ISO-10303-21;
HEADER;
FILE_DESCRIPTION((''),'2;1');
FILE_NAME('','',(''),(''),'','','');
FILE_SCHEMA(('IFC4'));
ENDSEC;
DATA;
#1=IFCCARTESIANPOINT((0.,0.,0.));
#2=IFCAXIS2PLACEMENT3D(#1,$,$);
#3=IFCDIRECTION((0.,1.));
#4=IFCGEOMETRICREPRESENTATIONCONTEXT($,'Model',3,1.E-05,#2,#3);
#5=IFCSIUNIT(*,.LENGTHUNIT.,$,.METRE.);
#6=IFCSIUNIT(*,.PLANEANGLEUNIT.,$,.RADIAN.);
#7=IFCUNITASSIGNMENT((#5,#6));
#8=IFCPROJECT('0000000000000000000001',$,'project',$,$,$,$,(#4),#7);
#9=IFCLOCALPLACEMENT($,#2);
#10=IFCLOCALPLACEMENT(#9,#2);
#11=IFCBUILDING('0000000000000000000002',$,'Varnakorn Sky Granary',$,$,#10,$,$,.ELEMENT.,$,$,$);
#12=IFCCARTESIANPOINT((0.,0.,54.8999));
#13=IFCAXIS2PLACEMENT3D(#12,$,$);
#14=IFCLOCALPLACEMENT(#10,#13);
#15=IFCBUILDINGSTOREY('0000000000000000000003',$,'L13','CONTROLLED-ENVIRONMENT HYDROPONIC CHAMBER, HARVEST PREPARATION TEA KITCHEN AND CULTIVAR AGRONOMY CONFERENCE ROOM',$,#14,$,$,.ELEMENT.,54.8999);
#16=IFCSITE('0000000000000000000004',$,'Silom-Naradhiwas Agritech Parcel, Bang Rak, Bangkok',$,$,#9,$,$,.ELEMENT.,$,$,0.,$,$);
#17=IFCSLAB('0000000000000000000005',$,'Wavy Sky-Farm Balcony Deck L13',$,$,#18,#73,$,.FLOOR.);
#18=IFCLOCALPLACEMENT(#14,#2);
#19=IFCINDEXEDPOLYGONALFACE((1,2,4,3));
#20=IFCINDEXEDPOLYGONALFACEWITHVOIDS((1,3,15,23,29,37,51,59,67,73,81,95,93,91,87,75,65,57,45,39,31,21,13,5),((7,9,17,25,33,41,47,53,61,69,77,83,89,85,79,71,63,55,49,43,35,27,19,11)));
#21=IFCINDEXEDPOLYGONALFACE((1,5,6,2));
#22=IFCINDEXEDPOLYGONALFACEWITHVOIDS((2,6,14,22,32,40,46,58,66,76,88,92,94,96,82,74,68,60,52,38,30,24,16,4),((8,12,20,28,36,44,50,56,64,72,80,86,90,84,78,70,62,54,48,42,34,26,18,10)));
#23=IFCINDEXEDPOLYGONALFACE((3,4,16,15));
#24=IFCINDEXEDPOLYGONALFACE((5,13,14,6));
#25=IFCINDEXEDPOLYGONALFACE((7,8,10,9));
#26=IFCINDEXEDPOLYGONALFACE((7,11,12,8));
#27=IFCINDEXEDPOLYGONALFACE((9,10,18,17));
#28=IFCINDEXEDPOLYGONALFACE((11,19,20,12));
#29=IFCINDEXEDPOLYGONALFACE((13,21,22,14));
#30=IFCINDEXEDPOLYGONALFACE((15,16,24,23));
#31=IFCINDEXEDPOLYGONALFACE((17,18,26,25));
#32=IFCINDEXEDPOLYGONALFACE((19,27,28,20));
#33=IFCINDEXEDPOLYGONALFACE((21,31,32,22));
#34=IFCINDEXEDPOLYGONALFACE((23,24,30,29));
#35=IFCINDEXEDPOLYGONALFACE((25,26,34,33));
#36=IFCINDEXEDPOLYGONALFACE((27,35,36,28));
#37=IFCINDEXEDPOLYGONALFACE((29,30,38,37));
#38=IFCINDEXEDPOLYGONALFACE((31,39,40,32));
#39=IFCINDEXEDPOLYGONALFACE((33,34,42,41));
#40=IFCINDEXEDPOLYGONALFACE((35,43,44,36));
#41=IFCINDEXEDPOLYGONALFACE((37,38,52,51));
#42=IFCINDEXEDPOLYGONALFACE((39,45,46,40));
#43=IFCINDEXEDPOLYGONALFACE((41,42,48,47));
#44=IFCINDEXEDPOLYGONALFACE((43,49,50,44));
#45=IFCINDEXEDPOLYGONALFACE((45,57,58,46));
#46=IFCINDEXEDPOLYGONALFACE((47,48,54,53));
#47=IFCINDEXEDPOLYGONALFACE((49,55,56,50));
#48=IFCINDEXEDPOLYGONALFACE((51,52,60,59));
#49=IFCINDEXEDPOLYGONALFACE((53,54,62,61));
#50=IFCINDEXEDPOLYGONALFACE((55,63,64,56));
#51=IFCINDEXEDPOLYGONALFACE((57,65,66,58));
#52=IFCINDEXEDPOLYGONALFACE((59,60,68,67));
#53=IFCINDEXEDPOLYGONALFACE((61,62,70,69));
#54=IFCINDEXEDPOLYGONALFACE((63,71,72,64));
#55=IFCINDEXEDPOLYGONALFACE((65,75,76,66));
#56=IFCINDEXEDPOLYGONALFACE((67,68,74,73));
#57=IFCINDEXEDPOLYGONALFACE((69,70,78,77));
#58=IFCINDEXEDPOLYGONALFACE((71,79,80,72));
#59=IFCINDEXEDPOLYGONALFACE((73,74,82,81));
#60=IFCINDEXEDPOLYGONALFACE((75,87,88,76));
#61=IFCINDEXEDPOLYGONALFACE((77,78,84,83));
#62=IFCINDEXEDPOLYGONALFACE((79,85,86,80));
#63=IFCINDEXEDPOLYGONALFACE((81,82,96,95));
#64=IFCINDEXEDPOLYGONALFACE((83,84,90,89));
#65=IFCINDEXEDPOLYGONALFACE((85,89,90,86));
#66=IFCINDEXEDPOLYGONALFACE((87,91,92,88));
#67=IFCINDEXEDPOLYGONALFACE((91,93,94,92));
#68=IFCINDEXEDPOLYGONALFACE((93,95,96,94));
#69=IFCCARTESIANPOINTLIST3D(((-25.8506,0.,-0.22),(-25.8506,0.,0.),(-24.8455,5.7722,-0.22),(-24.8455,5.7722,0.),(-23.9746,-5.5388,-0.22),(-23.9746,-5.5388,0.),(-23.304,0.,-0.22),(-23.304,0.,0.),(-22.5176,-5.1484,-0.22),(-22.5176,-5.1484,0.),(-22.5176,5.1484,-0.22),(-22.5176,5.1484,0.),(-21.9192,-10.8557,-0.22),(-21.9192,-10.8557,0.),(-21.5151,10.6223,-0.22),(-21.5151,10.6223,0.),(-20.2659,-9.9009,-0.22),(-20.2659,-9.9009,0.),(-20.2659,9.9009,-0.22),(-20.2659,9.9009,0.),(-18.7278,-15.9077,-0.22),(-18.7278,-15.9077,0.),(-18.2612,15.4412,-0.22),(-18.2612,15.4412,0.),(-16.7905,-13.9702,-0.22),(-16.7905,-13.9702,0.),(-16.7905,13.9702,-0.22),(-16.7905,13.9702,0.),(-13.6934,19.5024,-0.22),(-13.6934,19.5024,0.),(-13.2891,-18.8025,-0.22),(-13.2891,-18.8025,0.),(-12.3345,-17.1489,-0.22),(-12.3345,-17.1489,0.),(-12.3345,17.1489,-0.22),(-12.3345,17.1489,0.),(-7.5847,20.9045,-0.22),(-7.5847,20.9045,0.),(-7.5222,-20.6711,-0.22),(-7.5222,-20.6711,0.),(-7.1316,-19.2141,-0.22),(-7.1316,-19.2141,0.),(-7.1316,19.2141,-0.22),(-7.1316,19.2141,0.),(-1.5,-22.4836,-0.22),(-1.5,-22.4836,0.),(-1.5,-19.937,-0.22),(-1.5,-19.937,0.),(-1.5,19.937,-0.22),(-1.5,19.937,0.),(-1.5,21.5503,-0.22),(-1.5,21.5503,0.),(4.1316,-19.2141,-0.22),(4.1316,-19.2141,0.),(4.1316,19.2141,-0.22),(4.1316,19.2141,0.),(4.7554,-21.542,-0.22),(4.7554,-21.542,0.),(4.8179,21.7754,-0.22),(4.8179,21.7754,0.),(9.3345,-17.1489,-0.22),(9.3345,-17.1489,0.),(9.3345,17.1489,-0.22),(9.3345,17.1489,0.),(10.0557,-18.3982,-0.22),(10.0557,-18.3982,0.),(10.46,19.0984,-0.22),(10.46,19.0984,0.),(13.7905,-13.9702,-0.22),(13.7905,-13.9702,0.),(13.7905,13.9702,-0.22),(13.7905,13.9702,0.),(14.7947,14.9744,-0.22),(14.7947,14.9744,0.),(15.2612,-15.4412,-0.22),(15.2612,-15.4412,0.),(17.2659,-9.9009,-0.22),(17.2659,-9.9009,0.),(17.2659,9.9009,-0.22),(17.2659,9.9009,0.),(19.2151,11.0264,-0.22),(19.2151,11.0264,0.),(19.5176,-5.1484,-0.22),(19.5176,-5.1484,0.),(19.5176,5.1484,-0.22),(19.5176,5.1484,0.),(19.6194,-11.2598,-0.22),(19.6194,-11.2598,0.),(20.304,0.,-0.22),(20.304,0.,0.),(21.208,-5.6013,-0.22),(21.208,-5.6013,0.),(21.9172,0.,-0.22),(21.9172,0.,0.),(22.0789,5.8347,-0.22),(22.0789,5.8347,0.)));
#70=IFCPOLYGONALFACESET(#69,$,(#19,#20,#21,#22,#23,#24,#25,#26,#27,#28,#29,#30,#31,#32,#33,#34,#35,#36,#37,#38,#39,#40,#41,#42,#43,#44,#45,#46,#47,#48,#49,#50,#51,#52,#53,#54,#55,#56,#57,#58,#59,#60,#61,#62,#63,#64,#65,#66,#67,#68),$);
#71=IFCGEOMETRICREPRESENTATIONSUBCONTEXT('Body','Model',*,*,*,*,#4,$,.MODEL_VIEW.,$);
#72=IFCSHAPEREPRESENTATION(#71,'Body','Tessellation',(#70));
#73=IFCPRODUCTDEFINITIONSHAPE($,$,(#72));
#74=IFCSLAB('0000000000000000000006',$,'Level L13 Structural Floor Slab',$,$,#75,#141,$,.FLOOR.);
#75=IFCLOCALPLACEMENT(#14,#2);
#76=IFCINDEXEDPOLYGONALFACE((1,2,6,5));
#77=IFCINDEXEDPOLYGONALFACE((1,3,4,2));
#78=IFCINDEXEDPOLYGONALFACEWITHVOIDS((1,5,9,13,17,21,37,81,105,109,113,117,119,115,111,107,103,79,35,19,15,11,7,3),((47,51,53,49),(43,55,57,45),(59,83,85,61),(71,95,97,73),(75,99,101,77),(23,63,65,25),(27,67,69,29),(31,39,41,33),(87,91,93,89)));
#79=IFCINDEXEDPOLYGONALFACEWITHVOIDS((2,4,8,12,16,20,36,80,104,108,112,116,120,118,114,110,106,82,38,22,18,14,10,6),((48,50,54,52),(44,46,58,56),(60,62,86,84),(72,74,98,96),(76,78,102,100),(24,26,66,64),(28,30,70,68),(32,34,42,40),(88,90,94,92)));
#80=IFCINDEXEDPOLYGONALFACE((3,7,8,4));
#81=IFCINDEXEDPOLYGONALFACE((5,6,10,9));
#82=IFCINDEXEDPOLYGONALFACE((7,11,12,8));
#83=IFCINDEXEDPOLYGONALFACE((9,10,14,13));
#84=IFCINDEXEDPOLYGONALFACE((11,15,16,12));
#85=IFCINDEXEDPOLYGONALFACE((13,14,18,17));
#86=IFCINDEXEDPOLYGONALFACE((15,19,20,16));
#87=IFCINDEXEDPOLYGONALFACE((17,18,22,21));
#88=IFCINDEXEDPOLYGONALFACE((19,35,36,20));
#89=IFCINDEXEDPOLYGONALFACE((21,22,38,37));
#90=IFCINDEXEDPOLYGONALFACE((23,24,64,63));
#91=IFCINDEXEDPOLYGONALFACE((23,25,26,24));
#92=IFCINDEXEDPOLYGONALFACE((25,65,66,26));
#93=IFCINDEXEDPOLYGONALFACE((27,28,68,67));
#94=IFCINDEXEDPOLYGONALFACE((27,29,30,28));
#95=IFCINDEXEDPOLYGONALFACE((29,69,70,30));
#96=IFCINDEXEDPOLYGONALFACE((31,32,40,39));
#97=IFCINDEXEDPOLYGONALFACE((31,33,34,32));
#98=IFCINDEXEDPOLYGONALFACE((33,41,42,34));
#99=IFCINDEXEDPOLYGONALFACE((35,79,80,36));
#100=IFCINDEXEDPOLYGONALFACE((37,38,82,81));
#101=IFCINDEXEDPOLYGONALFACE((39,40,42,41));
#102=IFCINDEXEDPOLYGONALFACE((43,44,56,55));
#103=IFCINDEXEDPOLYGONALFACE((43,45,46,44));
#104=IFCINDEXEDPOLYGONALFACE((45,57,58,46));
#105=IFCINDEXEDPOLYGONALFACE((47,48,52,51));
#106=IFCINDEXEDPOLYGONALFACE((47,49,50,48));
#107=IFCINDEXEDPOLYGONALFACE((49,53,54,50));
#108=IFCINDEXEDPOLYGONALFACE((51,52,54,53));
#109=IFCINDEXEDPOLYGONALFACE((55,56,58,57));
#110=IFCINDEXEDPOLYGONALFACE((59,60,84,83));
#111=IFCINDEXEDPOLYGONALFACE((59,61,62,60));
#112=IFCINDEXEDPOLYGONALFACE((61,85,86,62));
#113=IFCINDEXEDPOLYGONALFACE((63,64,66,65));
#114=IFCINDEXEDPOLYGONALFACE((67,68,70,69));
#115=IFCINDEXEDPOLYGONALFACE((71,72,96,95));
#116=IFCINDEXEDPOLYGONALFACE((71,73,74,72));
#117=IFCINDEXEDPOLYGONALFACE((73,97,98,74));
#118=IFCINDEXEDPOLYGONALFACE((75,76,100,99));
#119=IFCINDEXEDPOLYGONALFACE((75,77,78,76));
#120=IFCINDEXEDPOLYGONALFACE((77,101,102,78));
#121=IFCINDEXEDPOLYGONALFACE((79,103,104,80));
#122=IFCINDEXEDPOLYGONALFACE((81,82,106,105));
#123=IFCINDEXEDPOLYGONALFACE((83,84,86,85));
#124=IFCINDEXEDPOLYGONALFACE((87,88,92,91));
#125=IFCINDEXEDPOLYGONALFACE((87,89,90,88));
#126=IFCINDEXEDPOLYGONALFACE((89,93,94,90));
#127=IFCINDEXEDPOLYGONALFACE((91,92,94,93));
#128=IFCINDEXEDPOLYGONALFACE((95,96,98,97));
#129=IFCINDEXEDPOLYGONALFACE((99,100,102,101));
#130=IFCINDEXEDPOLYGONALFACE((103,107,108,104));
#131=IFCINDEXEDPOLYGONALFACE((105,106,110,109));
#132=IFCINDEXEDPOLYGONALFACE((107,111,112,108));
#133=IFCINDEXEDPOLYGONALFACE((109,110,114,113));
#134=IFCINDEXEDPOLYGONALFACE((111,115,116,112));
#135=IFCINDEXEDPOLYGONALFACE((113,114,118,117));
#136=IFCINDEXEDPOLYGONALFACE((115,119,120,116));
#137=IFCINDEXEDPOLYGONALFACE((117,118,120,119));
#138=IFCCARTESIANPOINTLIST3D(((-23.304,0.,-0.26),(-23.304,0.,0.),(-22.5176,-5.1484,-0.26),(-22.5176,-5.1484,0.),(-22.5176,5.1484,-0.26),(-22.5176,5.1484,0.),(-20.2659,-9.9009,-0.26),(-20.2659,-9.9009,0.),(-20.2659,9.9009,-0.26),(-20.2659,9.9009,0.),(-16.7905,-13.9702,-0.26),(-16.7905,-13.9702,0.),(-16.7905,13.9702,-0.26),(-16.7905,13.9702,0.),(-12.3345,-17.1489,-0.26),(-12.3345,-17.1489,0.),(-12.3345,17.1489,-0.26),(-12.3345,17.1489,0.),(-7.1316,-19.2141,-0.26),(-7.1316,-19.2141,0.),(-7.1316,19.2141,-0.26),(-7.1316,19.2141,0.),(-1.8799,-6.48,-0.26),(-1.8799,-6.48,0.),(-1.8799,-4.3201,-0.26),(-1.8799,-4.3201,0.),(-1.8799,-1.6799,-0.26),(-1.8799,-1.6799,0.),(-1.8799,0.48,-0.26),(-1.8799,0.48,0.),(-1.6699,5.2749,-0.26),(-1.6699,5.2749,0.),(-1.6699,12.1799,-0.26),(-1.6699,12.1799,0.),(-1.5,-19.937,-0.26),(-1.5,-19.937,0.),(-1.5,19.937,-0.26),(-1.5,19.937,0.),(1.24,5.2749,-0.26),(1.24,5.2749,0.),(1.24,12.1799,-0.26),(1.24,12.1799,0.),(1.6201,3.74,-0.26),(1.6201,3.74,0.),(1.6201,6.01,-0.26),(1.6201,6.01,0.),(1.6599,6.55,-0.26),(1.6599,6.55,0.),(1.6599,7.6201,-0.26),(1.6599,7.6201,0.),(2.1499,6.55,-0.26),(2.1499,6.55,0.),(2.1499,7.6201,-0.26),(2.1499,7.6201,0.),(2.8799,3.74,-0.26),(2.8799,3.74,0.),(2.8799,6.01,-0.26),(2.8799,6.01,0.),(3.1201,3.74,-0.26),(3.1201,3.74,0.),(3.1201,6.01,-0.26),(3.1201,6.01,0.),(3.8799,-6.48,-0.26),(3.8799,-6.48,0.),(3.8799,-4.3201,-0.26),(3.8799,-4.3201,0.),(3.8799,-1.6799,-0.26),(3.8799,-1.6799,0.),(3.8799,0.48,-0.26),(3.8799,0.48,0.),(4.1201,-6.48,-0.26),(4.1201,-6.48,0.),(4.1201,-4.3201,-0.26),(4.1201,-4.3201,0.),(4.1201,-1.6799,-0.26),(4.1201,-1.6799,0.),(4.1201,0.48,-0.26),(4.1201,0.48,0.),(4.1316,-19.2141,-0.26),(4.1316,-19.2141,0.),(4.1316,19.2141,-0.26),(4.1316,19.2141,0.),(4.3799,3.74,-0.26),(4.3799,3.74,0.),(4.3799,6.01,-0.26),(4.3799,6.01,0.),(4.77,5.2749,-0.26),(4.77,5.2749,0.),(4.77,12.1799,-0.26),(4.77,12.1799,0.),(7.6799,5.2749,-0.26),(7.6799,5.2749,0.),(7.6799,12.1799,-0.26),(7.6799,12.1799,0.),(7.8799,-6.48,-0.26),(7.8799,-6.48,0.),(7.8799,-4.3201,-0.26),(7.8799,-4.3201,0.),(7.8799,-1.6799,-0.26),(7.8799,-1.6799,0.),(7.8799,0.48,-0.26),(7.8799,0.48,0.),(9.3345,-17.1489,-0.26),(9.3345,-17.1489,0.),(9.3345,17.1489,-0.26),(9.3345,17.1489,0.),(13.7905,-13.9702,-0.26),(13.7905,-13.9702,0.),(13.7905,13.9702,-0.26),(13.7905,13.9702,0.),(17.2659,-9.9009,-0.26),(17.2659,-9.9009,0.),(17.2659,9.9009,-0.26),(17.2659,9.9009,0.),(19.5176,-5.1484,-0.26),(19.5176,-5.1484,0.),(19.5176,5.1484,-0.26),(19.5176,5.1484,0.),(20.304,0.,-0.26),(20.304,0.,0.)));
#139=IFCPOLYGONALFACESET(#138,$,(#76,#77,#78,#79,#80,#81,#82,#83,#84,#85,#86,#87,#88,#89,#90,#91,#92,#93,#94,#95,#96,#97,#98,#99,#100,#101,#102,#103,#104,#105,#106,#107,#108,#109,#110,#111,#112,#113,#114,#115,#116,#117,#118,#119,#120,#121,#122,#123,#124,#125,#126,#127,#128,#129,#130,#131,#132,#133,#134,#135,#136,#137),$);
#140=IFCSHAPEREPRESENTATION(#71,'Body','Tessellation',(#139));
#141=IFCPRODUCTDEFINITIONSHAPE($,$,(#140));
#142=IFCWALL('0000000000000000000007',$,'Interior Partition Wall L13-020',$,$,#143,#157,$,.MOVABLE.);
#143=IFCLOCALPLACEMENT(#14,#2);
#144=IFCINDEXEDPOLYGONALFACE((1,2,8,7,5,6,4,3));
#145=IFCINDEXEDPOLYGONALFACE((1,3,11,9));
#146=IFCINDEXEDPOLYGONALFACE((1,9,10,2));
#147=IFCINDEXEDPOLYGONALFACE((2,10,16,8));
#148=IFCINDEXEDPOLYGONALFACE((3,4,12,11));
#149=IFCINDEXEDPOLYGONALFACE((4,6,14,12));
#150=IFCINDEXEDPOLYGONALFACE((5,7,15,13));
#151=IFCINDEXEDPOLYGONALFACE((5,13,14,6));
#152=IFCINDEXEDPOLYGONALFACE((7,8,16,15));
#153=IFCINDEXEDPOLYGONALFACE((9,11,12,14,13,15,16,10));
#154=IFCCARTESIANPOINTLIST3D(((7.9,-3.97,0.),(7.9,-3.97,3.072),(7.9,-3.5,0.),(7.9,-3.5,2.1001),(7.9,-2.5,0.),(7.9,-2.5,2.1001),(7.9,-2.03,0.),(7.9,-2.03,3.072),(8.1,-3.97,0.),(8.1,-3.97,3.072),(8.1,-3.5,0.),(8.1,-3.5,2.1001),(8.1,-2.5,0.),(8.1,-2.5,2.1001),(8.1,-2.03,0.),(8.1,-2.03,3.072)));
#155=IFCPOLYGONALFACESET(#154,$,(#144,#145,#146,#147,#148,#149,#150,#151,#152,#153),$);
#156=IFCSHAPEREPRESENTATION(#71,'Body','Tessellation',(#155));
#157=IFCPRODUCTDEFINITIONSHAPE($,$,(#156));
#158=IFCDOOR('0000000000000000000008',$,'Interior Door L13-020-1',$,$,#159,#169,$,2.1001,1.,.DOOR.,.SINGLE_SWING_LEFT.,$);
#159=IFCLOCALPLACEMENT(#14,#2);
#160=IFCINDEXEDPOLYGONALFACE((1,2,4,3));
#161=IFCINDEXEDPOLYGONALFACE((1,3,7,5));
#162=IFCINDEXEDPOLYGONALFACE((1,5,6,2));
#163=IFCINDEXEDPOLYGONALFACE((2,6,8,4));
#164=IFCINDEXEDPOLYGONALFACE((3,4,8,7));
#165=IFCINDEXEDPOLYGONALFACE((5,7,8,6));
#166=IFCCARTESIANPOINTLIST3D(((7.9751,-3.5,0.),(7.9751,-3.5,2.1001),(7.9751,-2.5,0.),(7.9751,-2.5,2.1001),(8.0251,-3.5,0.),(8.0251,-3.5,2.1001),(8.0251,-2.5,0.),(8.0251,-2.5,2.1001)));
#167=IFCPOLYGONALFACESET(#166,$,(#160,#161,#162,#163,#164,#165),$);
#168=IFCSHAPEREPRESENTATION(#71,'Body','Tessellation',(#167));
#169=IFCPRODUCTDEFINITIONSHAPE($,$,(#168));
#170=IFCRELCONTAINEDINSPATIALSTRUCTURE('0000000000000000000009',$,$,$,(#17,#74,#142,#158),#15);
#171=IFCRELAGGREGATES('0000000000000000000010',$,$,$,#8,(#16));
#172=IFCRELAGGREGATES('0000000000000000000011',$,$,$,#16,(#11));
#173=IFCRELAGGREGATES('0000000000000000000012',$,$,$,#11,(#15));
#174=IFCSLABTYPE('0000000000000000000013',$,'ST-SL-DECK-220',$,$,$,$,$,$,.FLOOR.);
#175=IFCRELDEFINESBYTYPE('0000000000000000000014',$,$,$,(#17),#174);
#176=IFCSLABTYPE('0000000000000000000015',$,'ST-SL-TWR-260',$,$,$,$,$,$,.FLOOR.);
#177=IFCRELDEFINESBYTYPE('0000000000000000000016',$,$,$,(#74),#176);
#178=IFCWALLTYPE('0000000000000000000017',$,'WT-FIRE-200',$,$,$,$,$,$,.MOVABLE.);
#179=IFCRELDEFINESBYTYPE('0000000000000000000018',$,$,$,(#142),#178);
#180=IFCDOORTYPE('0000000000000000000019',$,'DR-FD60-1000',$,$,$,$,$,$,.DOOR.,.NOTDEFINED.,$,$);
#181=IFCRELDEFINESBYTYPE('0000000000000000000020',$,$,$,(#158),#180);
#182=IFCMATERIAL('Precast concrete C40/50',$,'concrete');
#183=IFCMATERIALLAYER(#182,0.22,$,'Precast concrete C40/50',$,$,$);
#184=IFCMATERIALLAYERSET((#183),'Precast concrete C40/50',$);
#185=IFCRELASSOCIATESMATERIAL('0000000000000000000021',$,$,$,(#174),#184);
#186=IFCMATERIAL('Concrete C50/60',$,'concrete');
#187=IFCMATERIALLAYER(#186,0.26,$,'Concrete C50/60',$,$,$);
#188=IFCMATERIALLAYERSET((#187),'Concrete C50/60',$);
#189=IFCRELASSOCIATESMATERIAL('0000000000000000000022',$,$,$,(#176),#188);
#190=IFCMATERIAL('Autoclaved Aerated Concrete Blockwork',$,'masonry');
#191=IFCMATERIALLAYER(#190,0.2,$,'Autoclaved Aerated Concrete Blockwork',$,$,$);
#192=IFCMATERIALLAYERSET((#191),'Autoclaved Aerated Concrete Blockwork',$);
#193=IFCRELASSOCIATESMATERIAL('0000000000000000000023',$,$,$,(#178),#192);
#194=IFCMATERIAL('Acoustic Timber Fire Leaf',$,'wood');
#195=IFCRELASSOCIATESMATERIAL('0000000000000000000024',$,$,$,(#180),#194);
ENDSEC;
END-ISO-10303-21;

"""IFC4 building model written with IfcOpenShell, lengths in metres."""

from ifc_helpers import new_model, si_unit, direction, frame, frame_2d, origin, place, context, subcontext, project, spatial, polyline, rectangle, outline, extrude, material, layer, layer_set, type_object, element, fill, save


model = new_model("IFC4")

# Units and contexts
model_context = context("Model", 3, precision=1e-05, world=origin(), true_north=direction((0.0, 1.0)))
body_context = subcontext(model_context, "Body", "Model", "MODEL_VIEW")
ifc_project = project(units=[si_unit("LENGTHUNIT", "METRE"), si_unit("PLANEANGLEUNIT", "RADIAN")], contexts=[model_context])

# Site, building, storey
site_placement = place(None, origin())
site = spatial("IfcSite", under=ifc_project, at=site_placement, Name="Silom-Naradhiwas Agritech Parcel, Bang Rak, Bangkok", CompositionType="ELEMENT", RefElevation=0.0)
building_placement = place(site_placement, origin())
building = spatial("IfcBuilding", under=site, at=building_placement, Name="Varnakorn Sky Granary", CompositionType="ELEMENT")
storey_placement = place(building_placement, frame((0.0, 0.0, 54.8999)))
storey = spatial("IfcBuildingStorey", under=building, at=storey_placement, Name="L13", Description="CONTROLLED-ENVIRONMENT HYDROPONIC CHAMBER, HARVEST PREPARATION TEA KITCHEN AND CULTIVAR AGRONOMY CONFERENCE ROOM", CompositionType="ELEMENT", Elevation=54.8999)

# Slabs
ifc_material_1 = material(Name="Precast concrete C40/50", Category="concrete")
ifc_layer_1 = layer(ifc_material_1, 0.22, Name="Precast concrete C40/50")
ifc_layer_set_1 = layer_set([ifc_layer_1], Name="Precast concrete C40/50")
slab_type_1 = type_object("IfcSlabType", Name="ST-SL-DECK-220", PredefinedType="FLOOR", material=ifc_layer_set_1)
slab_1_placement = place(storey_placement, frame((0.0, 0.0, -0.22)))
element("IfcSlab", 1, at=slab_1_placement, inside=storey, type_object=slab_type_1, Name="Wavy Sky-Farm Balcony Deck L13", PredefinedType="FLOOR", context=body_context, shape_type="SweptSolid", body=[
    extrude(outline(polyline([(21.9172, 0.0), (22.0789, 5.8347), (19.2151, 11.0264), (14.7947, 14.9744), (10.46, 19.0984), (4.8179, 21.7754), (-1.5, 21.5503), (-7.5847, 20.9045), (-13.6934, 19.5024), (-18.2612, 15.4412), (-21.5151, 10.6223), (-24.8455, 5.7722), (-25.8506, 0.0), (-23.9746, -5.5388), (-21.9192, -10.8557), (-18.7278, -15.9077), (-13.2891, -18.8025), (-7.5222, -20.6711), (-1.5, -22.4836), (4.7554, -21.542), (10.0557, -18.3982), (15.2612, -15.4412), (19.6194, -11.2598), (21.208, -5.6013), (21.9172, 0.0)]), holes=[polyline([(20.304, 0.0), (19.5176, 5.1484), (17.2659, 9.9009), (13.7905, 13.9702), (9.3345, 17.1489), (4.1316, 19.2141), (-1.5, 19.937), (-7.1316, 19.2141), (-12.3345, 17.1489), (-16.7905, 13.9702), (-20.2659, 9.9009), (-22.5176, 5.1484), (-23.304, 0.0), (-22.5176, -5.1484), (-20.2659, -9.9009), (-16.7905, -13.9702), (-12.3345, -17.1489), (-7.1316, -19.2141), (-1.5, -19.937), (4.1316, -19.2141), (9.3345, -17.1489), (13.7905, -13.9702), (17.2659, -9.9009), (19.5176, -5.1484), (20.304, 0.0)])]), origin(), (0.0, 0.0, 1.0), 0.22),
])
ifc_material_2 = material(Name="Concrete C50/60", Category="concrete")
ifc_layer_2 = layer(ifc_material_2, 0.26, Name="Concrete C50/60")
ifc_layer_set_2 = layer_set([ifc_layer_2], Name="Concrete C50/60")
slab_type_2 = type_object("IfcSlabType", Name="ST-SL-TWR-260", PredefinedType="FLOOR", material=ifc_layer_set_2)
slab_2_placement = place(storey_placement, frame((0.0, 0.0, -0.26)))
element("IfcSlab", 2, at=slab_2_placement, inside=storey, type_object=slab_type_2, Name="Level L13 Structural Floor Slab", PredefinedType="FLOOR", context=body_context, shape_type="SweptSolid", body=[
    extrude(outline(polyline([(20.304, 0.0), (19.5176, 5.1484), (17.2659, 9.9009), (13.7905, 13.9702), (9.3345, 17.1489), (4.1316, 19.2141), (-1.5, 19.937), (-7.1316, 19.2141), (-12.3345, 17.1489), (-16.7905, 13.9702), (-20.2659, 9.9009), (-22.5176, 5.1484), (-23.304, 0.0), (-22.5176, -5.1484), (-20.2659, -9.9009), (-16.7905, -13.9702), (-12.3345, -17.1489), (-7.1316, -19.2141), (-1.5, -19.937), (4.1316, -19.2141), (9.3345, -17.1489), (13.7905, -13.9702), (17.2659, -9.9009), (19.5176, -5.1484), (20.304, 0.0)]), holes=[polyline([(1.24, 5.2749), (1.24, 12.1799), (-1.6699, 12.1799), (-1.6699, 5.2749), (1.24, 5.2749)]), polyline([(7.6799, 5.2749), (7.6799, 12.1799), (4.77, 12.1799), (4.77, 5.2749), (7.6799, 5.2749)]), polyline([(1.6599, 6.55), (2.1499, 6.55), (2.1499, 7.6201), (1.6599, 7.6201), (1.6599, 6.55)]), polyline([(1.6201, 3.74), (2.8799, 3.74), (2.8799, 6.01), (1.6201, 6.01), (1.6201, 3.74)]), polyline([(3.1201, 3.74), (4.3799, 3.74), (4.3799, 6.01), (3.1201, 6.01), (3.1201, 3.74)]), polyline([(-1.8799, -1.6799), (3.8799, -1.6799), (3.8799, 0.48), (-1.8799, 0.48), (-1.8799, -1.6799)]), polyline([(4.1201, -1.6799), (7.8799, -1.6799), (7.8799, 0.48), (4.1201, 0.48), (4.1201, -1.6799)]), polyline([(-1.8799, -6.48), (3.8799, -6.48), (3.8799, -4.3201), (-1.8799, -4.3201), (-1.8799, -6.48)]), polyline([(4.1201, -6.48), (7.8799, -6.48), (7.8799, -4.3201), (4.1201, -4.3201), (4.1201, -6.48)])]), origin(), (0.0, 0.0, 1.0), 0.26),
])

# Wall, opening, door
ifc_material_3 = material(Name="Autoclaved Aerated Concrete Blockwork", Category="masonry")
ifc_layer_3 = layer(ifc_material_3, 0.2, Name="Autoclaved Aerated Concrete Blockwork")
ifc_layer_set_3 = layer_set([ifc_layer_3], Name="Autoclaved Aerated Concrete Blockwork")
wall_type_1 = type_object("IfcWallType", Name="WT-FIRE-200", PredefinedType="MOVABLE", material=ifc_layer_set_3)
wall_1_placement = place(storey_placement, frame((8.0, -3.97, 0.0), z_axis=(0.0, 0.0, 1.0), x_axis=(0.0, 1.0, 0.0)))
wall_1 = element("IfcWall", 3, at=wall_1_placement, inside=storey, type_object=wall_type_1, Name="Interior Partition Wall L13-020", PredefinedType="MOVABLE", context=body_context, shape_type="SweptSolid", body=[
    extrude(rectangle(XDim=1.9399, YDim=0.2, at=frame_2d((0.97, 0.0))), origin(), (0.0, 0.0, 1.0), 3.072),
])
opening_1_placement = place(wall_1_placement, frame((0.47, 0.0, 0.0)))
opening_1 = element("IfcOpeningElement", 4, at=opening_1_placement, cuts=wall_1, PredefinedType="OPENING", context=body_context, shape_type="SweptSolid", body=[
    extrude(rectangle(XDim=1.0, YDim=2.1001, at=frame_2d((0.5, 1.05))), frame((0.0, 0.1099, 0.0), z_axis=(0.0, -1.0, 0.0), x_axis=(1.0, 0.0, 0.0)), (0.0, 0.0, 1.0), 0.22),
])
ifc_material_4 = material(Name="Acoustic Timber Fire Leaf", Category="wood")
door_type_1 = type_object("IfcDoorType", Name="DR-FD60-1000", OperationType="NOTDEFINED", PredefinedType="DOOR", material=ifc_material_4)
door_1_placement = place(opening_1_placement, origin())
door_1 = element("IfcDoor", 5, at=door_1_placement, inside=storey, type_object=door_type_1, Name="Interior Door L13-020-1", OperationType="SINGLE_SWING_LEFT", OverallHeight=2.1001, OverallWidth=1.0, PredefinedType="DOOR", context=body_context, shape_type="SweptSolid", body=[
    extrude(rectangle(XDim=1.0, YDim=2.1001, at=frame_2d((0.5, 1.05))), frame((0.0, 0.0249, 0.0), z_axis=(0.0, -1.0, 0.0), x_axis=(1.0, 0.0, 0.0)), (0.0, 0.0, 1.0), 0.05),
])
fill(opening_1, door_1)

save(model, "model.ifc")
